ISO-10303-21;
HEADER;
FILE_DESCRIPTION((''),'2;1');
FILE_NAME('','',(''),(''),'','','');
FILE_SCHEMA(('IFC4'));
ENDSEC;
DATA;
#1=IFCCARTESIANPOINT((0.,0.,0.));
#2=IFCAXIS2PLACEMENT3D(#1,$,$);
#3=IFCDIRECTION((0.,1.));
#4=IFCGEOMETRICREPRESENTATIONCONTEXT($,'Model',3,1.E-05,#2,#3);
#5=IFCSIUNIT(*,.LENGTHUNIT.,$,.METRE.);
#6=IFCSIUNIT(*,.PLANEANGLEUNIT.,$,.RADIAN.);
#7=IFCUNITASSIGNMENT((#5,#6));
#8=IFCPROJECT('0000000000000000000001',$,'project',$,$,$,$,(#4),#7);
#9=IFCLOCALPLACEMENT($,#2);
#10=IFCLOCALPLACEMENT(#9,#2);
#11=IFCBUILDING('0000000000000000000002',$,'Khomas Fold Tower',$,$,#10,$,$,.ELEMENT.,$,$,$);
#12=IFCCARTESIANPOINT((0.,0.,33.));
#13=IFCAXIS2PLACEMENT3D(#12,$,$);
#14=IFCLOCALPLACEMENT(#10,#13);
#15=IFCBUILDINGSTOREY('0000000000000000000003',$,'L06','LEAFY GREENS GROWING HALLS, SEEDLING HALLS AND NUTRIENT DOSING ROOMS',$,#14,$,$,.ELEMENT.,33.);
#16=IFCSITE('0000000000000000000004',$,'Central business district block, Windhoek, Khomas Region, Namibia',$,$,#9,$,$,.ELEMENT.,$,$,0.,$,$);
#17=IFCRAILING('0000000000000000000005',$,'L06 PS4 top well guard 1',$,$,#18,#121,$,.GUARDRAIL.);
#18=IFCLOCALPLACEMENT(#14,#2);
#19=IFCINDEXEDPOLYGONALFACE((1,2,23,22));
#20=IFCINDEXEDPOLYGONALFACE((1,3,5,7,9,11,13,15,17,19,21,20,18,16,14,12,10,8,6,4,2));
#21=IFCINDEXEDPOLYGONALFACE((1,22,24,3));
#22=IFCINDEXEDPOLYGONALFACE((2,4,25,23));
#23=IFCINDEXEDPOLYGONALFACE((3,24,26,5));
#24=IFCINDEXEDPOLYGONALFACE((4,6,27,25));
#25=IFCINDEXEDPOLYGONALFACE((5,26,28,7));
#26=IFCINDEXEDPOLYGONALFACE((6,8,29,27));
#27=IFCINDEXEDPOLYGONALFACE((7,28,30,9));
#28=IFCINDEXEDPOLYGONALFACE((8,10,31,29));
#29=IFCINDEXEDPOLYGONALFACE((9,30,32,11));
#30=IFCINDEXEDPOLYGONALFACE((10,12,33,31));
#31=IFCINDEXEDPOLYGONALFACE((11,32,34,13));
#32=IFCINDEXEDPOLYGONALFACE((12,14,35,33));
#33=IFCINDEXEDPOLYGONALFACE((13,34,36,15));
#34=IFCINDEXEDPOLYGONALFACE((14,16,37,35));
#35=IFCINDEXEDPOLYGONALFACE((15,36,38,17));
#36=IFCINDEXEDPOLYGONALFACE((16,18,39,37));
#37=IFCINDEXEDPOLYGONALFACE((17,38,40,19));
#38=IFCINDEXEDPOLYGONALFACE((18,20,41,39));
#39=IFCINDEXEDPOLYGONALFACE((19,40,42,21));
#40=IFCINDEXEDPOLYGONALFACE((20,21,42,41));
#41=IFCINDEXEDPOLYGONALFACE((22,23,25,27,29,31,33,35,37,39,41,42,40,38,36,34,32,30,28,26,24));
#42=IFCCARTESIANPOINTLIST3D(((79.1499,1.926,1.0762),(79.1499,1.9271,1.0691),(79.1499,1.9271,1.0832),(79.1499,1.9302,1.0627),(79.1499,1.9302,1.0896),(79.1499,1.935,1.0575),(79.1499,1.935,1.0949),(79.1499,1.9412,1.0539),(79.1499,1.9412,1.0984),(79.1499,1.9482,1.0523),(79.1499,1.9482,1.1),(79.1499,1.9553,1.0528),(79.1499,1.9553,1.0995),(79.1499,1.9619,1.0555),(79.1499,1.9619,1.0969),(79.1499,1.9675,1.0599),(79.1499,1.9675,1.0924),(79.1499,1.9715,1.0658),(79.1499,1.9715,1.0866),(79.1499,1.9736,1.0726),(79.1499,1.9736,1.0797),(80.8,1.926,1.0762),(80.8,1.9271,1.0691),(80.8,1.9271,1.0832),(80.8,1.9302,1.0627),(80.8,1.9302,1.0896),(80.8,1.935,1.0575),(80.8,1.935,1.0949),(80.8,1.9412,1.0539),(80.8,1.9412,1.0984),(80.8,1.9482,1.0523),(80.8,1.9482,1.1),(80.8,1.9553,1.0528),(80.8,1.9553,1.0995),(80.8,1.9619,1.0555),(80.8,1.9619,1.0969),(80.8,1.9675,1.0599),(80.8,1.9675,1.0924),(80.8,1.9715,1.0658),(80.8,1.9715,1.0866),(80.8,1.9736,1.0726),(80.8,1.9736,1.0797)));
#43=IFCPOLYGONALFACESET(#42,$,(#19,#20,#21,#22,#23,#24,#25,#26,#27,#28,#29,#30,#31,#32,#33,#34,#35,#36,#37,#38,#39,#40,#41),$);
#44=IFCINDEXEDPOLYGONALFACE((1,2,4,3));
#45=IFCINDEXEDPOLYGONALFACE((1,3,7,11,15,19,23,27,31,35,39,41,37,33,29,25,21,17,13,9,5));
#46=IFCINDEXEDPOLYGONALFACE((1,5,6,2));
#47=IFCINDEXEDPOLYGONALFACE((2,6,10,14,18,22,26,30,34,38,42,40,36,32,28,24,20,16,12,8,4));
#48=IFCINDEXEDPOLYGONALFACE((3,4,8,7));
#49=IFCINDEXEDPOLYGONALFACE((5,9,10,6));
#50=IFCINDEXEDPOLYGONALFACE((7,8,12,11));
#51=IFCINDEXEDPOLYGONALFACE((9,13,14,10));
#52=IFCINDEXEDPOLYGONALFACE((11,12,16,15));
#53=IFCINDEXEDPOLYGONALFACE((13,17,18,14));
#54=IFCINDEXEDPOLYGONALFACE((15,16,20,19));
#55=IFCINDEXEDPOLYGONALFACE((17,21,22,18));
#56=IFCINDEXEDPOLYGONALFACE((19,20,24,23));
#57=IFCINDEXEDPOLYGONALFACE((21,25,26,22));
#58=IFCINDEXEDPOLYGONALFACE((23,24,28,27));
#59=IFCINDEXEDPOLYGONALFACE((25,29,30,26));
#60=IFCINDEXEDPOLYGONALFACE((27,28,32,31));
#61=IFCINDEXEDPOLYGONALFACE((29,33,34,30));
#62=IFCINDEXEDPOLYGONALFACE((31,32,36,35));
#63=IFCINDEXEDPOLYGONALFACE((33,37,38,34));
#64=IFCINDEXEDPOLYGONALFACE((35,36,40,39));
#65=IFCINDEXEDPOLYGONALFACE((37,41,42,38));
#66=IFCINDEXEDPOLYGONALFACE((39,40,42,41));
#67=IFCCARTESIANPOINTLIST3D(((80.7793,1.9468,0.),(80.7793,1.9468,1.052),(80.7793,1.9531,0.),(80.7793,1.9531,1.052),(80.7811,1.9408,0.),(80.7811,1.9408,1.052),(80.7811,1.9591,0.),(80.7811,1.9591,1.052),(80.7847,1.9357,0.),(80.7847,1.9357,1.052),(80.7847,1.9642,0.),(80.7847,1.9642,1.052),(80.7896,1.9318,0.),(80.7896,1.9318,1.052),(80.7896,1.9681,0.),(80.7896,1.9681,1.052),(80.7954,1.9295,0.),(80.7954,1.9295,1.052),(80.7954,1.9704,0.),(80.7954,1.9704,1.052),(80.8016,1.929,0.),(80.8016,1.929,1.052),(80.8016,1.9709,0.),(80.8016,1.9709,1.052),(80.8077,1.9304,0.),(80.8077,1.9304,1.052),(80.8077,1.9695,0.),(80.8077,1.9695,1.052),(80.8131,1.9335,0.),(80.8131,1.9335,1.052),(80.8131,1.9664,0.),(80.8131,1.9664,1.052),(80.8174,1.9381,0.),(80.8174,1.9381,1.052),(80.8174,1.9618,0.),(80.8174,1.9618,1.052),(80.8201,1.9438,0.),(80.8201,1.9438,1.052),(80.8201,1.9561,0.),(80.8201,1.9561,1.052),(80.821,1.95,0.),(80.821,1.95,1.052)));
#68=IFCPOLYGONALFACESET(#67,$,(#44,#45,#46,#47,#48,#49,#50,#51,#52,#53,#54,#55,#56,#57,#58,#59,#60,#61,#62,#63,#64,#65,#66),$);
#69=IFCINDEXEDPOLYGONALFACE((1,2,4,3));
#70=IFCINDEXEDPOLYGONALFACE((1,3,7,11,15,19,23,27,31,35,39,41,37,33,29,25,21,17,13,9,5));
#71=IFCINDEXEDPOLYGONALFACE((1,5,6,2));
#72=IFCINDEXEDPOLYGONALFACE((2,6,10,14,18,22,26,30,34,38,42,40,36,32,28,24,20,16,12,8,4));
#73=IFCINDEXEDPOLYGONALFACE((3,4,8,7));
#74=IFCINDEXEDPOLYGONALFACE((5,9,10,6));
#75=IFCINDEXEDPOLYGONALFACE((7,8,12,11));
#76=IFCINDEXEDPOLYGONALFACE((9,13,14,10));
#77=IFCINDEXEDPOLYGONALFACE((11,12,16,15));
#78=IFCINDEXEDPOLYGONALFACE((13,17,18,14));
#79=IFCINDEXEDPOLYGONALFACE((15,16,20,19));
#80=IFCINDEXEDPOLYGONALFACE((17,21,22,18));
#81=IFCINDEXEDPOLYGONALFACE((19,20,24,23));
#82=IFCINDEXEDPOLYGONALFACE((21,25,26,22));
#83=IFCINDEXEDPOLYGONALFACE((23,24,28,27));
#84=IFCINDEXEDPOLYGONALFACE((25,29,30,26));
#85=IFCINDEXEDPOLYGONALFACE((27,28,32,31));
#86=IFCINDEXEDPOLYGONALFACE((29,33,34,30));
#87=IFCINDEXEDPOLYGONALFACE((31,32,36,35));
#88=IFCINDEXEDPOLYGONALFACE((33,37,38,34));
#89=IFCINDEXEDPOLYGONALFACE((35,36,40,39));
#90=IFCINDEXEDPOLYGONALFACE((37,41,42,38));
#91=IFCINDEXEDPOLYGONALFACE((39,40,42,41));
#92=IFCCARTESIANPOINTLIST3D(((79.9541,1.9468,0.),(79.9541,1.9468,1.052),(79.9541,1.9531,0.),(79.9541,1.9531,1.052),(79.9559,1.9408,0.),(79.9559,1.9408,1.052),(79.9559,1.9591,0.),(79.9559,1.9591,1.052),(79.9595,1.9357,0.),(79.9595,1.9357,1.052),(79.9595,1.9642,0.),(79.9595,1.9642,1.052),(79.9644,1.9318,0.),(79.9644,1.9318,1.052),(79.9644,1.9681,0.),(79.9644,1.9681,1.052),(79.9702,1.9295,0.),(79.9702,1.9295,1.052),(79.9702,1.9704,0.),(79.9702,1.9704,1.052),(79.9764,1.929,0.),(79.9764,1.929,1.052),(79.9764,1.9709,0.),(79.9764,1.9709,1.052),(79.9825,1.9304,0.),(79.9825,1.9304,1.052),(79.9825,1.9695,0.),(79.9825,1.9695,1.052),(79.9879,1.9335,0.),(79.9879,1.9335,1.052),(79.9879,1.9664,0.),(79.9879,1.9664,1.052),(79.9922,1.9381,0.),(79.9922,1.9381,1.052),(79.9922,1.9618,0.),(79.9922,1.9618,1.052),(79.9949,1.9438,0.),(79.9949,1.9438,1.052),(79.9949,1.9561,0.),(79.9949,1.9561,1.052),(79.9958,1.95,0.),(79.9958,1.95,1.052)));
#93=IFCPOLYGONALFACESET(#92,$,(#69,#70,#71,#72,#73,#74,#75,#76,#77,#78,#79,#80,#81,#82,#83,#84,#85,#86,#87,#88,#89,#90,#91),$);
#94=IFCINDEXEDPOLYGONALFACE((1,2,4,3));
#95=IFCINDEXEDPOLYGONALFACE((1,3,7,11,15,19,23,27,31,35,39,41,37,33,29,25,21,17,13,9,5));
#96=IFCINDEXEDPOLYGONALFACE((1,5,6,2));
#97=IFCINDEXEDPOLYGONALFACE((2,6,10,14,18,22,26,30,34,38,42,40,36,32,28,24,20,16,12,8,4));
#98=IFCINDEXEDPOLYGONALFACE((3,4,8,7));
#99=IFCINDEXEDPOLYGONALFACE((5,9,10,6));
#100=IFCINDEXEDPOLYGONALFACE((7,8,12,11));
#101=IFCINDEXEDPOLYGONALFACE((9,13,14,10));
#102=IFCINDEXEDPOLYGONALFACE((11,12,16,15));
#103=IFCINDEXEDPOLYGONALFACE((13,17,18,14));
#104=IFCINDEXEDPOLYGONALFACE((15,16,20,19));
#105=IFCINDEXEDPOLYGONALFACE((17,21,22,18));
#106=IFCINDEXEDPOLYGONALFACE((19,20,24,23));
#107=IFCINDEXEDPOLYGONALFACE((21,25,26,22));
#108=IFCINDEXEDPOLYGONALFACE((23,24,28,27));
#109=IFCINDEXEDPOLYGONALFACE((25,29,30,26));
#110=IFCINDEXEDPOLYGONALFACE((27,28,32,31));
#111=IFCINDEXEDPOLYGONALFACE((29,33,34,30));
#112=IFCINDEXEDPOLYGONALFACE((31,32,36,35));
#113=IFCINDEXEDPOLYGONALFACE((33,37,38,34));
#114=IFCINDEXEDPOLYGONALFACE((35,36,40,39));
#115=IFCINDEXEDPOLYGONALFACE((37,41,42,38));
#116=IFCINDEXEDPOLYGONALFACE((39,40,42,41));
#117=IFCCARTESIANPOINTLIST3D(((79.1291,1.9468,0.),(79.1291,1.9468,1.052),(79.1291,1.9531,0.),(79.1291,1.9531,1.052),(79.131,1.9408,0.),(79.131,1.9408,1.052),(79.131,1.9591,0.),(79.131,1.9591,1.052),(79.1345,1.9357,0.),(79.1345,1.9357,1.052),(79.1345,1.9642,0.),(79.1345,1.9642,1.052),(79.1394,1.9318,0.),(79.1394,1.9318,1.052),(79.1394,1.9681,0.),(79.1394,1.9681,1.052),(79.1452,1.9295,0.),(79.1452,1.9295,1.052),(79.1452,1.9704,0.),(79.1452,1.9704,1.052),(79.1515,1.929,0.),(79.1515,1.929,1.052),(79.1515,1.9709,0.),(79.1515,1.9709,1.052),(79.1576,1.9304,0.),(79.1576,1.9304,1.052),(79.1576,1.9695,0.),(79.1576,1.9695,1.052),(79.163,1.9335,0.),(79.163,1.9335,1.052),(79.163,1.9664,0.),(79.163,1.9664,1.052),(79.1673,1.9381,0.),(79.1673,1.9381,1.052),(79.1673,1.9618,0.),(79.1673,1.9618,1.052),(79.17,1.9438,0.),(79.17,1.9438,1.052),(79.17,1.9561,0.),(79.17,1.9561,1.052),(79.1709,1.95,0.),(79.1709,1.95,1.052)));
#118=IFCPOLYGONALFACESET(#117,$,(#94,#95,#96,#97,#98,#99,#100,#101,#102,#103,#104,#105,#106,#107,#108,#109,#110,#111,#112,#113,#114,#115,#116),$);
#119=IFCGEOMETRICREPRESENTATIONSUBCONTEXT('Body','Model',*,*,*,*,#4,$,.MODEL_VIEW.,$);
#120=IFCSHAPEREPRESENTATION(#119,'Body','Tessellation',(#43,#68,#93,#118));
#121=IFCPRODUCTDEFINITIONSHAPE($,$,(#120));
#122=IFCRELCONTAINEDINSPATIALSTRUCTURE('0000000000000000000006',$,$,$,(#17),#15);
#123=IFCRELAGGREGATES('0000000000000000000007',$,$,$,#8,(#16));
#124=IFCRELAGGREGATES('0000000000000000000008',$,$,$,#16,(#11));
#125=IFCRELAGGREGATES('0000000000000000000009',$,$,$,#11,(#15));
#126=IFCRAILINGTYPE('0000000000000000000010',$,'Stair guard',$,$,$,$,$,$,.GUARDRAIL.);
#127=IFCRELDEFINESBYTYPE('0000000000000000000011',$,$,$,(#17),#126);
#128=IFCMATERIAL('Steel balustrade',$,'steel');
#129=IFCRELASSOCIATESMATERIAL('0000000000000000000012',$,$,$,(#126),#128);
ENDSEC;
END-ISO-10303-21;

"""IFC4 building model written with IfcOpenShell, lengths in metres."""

from ifc_helpers import new_model, si_unit, direction, frame, origin, origin_2d, place, context, subcontext, project, spatial, circle, extrude, source, transform, mapped, material, type_object, element, save


model = new_model("IFC4")

# Units and contexts
model_context = context("Model", 3, precision=1e-05, world=origin(), true_north=direction((0.0, 1.0)))
body_context = subcontext(model_context, "Body", "Model", "MODEL_VIEW")
ifc_project = project(units=[si_unit("LENGTHUNIT", "METRE"), si_unit("PLANEANGLEUNIT", "RADIAN")], contexts=[model_context])

# Site, building, storey
site_placement = place(None, origin())
site = spatial("IfcSite", under=ifc_project, at=site_placement, Name="Central business district block, Windhoek, Khomas Region, Namibia", CompositionType="ELEMENT", RefElevation=0.0)
building_placement = place(site_placement, origin())
building = spatial("IfcBuilding", under=site, at=building_placement, Name="Khomas Fold Tower", CompositionType="ELEMENT")
storey_placement = place(building_placement, frame((0.0, 0.0, 33.0)))
storey = spatial("IfcBuildingStorey", under=building, at=storey_placement, Name="L06", Description="LEAFY GREENS GROWING HALLS, SEEDLING HALLS AND NUTRIENT DOSING ROOMS", CompositionType="ELEMENT", Elevation=33.0)

# Railing
ifc_material_1 = material(Name="Steel balustrade", Category="steel")
railing_type_1 = type_object("IfcRailingType", Name="Stair guard", PredefinedType="GUARDRAIL", material=ifc_material_1)
shared_shape_1 = source(origin(), body_context, "Body", "SweptSolid", [
    extrude(circle(Radius=0.0239, at=origin_2d()), frame((0.0, 0.0, 1.0762), z_axis=(-1.0, 0.0, 0.0), x_axis=(0.0, -1.0, 0.0)), (0.0, 0.0, 1.0), 1.6501),
    extrude(circle(Radius=0.021, at=origin_2d()), origin(), (0.0, 0.0, 1.0), 1.052),
    extrude(circle(Radius=0.021, at=origin_2d()), frame((-0.8252, 0.0, 0.0)), (0.0, 0.0, 1.0), 1.052),
    extrude(circle(Radius=0.021, at=origin_2d()), frame((-1.6501, 0.0, 0.0)), (0.0, 0.0, 1.0), 1.052),
])
railing_1_placement = place(storey_placement, frame((80.8, 1.95, 0.0)))
element("IfcRailing", 1, at=railing_1_placement, inside=storey, type_object=railing_type_1, Name="L06 PS4 top well guard 1", PredefinedType="GUARDRAIL", context=body_context, shape_type="MappedRepresentation", body=[
    mapped(shared_shape_1, transform((0.0, 0.0, 0.0))),
])

save(model, "model.ifc")
